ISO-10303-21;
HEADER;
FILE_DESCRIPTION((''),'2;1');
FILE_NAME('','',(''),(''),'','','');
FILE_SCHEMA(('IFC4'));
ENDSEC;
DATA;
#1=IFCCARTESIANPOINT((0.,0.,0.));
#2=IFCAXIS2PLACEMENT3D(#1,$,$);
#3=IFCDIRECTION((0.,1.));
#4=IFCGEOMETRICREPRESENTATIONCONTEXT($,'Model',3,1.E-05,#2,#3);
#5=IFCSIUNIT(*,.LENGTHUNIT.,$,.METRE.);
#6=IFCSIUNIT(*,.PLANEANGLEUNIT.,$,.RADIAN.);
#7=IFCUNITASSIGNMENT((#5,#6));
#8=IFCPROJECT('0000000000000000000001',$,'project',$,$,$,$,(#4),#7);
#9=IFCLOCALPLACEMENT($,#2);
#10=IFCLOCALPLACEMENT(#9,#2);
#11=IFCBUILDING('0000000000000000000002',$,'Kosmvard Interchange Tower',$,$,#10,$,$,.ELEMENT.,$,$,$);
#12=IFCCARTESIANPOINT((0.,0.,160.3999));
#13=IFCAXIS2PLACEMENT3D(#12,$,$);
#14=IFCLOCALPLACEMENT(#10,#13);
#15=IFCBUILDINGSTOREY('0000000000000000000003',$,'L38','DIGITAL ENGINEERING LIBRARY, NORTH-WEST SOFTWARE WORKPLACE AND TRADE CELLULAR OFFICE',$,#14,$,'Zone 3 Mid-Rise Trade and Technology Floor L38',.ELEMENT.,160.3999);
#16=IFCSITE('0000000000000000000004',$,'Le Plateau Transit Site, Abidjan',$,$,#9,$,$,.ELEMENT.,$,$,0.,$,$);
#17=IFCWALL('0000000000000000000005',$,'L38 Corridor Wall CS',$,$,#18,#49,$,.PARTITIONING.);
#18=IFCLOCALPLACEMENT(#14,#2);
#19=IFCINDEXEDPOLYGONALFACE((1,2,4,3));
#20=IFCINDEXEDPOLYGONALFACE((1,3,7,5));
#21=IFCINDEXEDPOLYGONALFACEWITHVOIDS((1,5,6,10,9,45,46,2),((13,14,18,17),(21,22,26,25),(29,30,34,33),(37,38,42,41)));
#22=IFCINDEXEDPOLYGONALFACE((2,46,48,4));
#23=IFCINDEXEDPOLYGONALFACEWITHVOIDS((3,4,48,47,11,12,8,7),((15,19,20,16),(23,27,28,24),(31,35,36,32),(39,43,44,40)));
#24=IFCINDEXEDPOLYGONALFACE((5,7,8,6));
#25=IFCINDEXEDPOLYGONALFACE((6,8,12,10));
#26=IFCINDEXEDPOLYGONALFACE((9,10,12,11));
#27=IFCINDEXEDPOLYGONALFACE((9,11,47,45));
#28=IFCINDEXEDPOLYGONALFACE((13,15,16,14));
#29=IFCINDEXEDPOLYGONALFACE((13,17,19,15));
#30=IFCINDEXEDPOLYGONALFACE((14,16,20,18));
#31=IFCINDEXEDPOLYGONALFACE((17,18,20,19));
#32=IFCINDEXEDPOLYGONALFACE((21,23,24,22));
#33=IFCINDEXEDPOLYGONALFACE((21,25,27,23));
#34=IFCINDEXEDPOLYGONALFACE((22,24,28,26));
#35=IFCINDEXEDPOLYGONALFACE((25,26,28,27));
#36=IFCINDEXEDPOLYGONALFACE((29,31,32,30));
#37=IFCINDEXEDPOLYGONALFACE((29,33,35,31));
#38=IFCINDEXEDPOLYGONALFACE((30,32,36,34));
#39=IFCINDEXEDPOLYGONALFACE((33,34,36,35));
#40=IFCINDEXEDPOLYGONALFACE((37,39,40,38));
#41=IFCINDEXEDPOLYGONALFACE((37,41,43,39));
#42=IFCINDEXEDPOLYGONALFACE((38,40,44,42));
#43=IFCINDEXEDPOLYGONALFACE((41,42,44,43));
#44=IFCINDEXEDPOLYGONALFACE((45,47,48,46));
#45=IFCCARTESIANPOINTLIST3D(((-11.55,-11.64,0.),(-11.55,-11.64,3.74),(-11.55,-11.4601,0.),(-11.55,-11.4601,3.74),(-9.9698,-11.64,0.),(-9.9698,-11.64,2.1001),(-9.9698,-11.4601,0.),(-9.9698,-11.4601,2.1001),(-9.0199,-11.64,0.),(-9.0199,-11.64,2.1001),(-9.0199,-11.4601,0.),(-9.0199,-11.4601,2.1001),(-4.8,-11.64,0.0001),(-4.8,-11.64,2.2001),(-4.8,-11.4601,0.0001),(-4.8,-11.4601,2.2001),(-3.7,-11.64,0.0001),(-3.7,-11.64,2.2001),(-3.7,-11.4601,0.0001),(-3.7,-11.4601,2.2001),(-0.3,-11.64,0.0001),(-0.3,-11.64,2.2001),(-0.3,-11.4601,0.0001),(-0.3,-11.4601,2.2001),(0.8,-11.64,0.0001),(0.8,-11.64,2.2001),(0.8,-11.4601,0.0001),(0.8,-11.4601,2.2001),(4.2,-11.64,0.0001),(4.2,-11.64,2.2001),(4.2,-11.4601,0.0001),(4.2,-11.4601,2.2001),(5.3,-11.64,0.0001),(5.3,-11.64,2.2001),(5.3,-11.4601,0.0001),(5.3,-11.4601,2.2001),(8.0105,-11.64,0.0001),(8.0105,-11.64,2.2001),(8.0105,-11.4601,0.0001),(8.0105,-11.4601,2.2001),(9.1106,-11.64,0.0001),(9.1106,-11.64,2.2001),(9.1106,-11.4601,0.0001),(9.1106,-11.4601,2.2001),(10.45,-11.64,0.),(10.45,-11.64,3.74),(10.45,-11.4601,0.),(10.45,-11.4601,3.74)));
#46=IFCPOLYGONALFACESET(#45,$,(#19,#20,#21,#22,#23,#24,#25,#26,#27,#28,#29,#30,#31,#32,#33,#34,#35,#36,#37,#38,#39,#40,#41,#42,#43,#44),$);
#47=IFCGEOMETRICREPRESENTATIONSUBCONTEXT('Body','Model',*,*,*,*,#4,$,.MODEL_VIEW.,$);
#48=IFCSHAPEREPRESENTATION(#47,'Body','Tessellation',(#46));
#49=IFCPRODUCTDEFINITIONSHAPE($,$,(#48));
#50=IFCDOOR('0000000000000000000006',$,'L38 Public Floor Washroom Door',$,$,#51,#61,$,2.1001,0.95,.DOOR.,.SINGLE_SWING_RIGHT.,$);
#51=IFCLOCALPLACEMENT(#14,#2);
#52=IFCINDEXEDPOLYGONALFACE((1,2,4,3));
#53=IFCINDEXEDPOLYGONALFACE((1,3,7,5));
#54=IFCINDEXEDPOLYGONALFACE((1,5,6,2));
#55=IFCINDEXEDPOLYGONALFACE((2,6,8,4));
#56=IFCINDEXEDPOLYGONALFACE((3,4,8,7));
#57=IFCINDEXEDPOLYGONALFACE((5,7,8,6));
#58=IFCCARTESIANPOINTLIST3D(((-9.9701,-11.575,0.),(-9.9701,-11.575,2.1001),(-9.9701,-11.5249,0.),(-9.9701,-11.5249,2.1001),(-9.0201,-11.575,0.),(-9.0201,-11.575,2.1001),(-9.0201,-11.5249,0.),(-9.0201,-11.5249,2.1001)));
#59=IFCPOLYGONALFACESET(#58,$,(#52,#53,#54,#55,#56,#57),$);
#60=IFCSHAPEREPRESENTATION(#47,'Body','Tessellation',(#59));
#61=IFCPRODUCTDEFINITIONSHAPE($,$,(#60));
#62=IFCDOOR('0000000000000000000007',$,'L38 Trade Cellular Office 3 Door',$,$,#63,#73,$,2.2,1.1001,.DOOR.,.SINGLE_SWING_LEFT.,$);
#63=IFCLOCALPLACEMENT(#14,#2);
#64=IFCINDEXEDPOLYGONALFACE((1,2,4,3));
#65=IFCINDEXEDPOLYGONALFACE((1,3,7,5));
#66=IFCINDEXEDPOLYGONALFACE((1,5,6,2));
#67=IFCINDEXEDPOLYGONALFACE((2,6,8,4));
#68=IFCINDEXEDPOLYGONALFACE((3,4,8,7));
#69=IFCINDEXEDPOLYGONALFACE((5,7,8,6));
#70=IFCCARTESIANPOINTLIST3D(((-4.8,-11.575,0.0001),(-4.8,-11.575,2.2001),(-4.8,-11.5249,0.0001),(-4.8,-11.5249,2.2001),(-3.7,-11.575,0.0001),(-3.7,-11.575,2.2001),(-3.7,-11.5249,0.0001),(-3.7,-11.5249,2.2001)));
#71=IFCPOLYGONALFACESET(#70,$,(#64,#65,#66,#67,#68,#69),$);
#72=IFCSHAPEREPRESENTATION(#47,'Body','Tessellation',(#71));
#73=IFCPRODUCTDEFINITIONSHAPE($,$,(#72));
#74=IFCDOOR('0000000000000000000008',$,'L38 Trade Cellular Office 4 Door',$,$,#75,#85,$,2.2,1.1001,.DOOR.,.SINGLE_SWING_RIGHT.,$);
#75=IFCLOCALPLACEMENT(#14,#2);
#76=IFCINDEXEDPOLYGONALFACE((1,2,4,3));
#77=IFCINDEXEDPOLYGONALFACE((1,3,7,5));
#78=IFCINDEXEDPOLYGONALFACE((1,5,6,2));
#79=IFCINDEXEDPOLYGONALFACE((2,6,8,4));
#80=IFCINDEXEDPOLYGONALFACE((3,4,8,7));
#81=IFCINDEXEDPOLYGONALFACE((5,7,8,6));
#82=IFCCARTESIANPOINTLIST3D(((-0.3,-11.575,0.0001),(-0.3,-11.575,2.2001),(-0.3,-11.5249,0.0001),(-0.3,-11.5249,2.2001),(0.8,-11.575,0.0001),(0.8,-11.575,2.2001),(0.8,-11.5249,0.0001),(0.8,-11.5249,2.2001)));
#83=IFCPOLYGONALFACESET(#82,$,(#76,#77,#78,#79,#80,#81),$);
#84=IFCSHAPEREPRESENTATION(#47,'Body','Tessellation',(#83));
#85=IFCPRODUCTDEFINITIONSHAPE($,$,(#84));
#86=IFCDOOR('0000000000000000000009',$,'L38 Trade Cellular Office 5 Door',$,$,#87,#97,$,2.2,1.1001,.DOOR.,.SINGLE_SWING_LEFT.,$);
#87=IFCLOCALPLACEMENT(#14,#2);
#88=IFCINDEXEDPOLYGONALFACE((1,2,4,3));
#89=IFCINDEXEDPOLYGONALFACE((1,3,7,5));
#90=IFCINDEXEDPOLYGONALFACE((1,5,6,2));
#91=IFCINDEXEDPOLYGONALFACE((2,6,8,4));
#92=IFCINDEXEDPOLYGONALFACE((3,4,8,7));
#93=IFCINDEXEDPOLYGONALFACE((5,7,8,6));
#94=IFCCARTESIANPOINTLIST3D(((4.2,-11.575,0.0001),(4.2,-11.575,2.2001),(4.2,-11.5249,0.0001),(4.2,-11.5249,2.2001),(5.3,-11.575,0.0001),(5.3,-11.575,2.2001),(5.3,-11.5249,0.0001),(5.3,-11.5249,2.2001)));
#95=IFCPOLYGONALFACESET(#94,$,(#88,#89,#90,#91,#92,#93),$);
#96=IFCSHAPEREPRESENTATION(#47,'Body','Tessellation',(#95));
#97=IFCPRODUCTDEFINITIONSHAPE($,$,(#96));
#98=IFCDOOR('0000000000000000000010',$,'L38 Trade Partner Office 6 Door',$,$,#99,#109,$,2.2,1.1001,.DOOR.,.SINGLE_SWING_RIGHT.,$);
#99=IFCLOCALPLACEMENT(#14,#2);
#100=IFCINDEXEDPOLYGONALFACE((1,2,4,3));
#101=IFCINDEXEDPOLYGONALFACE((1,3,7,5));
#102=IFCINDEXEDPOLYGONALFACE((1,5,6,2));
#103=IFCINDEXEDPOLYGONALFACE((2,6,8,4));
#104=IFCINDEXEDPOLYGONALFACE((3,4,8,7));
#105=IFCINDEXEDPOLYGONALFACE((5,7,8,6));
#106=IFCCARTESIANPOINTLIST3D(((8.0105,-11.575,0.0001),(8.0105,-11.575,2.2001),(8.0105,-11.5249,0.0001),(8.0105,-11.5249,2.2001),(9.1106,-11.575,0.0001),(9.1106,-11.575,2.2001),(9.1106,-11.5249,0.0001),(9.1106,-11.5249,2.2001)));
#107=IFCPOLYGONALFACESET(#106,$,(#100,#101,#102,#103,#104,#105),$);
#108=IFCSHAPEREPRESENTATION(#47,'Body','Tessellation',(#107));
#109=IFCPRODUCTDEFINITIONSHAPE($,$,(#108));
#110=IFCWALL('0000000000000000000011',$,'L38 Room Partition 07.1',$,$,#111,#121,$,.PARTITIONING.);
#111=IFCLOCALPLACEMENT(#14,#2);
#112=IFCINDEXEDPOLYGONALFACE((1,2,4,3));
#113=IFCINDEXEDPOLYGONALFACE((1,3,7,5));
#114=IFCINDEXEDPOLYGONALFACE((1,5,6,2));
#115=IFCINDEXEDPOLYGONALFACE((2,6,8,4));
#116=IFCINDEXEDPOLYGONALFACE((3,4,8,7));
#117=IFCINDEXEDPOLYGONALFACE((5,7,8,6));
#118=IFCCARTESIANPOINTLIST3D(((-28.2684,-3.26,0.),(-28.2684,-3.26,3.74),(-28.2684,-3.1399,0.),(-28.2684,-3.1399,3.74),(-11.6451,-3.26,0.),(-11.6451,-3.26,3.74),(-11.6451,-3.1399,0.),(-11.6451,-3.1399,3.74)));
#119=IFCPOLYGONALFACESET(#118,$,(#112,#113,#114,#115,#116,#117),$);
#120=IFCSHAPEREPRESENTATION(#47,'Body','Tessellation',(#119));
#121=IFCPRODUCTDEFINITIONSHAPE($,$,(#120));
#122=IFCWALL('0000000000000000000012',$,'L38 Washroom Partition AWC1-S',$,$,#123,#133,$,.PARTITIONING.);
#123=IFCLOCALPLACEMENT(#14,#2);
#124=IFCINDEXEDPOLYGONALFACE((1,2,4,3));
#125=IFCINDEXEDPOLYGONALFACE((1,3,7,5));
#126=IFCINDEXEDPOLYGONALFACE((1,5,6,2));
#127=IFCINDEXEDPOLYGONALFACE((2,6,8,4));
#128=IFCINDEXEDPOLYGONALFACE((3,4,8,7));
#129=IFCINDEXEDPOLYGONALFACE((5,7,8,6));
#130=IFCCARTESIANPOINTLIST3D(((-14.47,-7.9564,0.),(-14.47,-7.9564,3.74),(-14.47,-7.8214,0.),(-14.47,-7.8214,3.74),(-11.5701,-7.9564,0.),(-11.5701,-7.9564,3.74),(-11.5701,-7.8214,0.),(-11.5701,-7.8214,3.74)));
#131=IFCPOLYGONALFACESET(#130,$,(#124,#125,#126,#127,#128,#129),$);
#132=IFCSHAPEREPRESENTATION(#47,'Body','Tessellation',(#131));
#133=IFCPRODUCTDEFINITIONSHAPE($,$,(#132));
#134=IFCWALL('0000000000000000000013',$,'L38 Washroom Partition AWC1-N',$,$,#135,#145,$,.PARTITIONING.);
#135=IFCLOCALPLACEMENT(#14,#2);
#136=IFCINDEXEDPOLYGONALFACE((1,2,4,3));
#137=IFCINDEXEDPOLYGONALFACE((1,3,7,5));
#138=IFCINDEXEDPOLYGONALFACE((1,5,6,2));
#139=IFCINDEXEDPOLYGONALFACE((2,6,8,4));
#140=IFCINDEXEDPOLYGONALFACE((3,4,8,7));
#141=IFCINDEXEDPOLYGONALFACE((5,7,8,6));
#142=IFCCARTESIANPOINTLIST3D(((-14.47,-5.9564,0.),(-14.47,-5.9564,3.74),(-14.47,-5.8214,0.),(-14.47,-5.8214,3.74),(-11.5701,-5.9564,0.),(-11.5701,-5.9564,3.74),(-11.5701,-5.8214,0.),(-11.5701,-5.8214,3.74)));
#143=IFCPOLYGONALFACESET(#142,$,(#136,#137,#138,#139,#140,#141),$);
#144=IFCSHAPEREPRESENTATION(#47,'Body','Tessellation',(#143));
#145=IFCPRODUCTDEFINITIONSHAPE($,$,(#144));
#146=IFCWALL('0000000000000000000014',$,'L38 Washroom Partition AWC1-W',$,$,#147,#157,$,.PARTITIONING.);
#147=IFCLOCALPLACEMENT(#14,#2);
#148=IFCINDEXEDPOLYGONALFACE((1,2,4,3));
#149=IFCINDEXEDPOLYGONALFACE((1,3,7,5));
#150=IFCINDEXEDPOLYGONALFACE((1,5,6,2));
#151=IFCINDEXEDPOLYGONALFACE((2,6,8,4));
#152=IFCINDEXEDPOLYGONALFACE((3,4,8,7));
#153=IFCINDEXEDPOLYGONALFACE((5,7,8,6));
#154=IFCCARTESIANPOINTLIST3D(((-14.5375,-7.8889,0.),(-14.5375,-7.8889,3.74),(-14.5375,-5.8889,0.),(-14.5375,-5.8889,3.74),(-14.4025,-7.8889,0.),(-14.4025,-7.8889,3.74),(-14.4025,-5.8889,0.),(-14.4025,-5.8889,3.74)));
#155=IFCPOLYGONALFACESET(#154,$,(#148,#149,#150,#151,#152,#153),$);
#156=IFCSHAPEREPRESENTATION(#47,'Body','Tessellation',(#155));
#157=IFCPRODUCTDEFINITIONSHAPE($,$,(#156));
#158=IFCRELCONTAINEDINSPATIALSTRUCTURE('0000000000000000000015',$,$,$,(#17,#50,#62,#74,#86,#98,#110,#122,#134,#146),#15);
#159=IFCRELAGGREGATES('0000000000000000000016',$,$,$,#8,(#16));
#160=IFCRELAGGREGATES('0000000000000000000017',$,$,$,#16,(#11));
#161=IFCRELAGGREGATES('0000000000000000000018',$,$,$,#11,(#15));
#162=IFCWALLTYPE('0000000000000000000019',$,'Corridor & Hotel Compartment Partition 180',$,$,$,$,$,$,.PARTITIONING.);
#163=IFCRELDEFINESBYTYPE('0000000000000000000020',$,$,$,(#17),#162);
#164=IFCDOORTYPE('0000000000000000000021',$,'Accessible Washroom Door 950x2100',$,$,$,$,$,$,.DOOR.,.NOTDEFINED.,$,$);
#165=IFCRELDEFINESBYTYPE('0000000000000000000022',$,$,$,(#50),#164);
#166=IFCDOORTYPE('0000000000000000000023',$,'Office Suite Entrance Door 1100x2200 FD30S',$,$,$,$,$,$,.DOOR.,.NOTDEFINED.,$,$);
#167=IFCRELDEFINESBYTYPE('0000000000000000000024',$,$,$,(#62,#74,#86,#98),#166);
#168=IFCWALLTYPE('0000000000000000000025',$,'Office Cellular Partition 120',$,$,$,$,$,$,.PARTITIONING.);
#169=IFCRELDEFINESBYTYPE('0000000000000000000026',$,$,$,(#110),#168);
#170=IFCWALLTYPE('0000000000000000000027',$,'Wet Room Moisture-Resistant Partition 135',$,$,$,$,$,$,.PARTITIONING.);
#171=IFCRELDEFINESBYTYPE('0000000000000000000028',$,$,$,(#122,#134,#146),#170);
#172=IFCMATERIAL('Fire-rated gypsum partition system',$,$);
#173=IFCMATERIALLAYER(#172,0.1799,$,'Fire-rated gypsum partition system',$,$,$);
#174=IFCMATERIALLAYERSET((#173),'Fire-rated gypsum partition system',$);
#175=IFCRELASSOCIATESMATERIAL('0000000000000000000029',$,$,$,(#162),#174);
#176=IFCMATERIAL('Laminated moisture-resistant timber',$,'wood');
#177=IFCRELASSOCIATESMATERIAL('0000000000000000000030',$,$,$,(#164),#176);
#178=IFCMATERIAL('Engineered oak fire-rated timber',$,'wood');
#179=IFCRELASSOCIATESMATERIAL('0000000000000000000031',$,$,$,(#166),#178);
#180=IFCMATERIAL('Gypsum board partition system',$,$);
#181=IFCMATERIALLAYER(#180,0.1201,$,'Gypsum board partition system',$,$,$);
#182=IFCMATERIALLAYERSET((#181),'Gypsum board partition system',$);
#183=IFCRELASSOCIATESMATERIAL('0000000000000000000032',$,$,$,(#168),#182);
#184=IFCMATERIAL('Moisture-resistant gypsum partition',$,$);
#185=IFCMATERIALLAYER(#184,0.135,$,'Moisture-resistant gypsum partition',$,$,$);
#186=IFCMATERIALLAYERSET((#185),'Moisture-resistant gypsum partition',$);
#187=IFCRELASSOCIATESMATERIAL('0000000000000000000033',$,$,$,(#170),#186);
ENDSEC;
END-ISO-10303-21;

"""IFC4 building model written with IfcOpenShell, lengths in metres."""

from ifc_helpers import new_model, si_unit, direction, frame, frame_2d, origin, place, context, subcontext, project, spatial, rectangle, extrude, source, transform, mapped, material, layer, layer_set, type_object, element, fill, save


model = new_model("IFC4")

# Units and contexts
model_context = context("Model", 3, precision=1e-05, world=origin(), true_north=direction((0.0, 1.0)))
body_context = subcontext(model_context, "Body", "Model", "MODEL_VIEW")
ifc_project = project(units=[si_unit("LENGTHUNIT", "METRE"), si_unit("PLANEANGLEUNIT", "RADIAN")], contexts=[model_context])

# Site, building, storey
site_placement = place(None, origin())
site = spatial("IfcSite", under=ifc_project, at=site_placement, Name="Le Plateau Transit Site, Abidjan", CompositionType="ELEMENT", RefElevation=0.0)
building_placement = place(site_placement, origin())
building = spatial("IfcBuilding", under=site, at=building_placement, Name="Kosmvard Interchange Tower", CompositionType="ELEMENT")
storey_placement = place(building_placement, frame((0.0, 0.0, 160.3999)))
storey = spatial("IfcBuildingStorey", under=building, at=storey_placement, Name="L38", Description="DIGITAL ENGINEERING LIBRARY, NORTH-WEST SOFTWARE WORKPLACE AND TRADE CELLULAR OFFICE", LongName="Zone 3 Mid-Rise Trade and Technology Floor L38", CompositionType="ELEMENT", Elevation=160.3999)

# Wall, openings, doors
ifc_material_1 = material(Name="Fire-rated gypsum partition system")
ifc_layer_1 = layer(ifc_material_1, 0.1799, Name="Fire-rated gypsum partition system")
ifc_layer_set_1 = layer_set([ifc_layer_1], Name="Fire-rated gypsum partition system")
wall_type_1 = type_object("IfcWallType", Name="Corridor & Hotel Compartment Partition 180", PredefinedType="PARTITIONING", material=ifc_layer_set_1)
wall_1_placement = place(storey_placement, frame((-11.55, -11.55, 0.0), z_axis=(0.0, 0.0, 1.0), x_axis=(1.0, 0.0, 0.0)))
wall_1 = element("IfcWall", 1, at=wall_1_placement, inside=storey, type_object=wall_type_1, Name="L38 Corridor Wall CS", PredefinedType="PARTITIONING", context=body_context, shape_type="SweptSolid", body=[
    extrude(rectangle(XDim=22.0, YDim=0.1799, at=frame_2d((11.0, 0.0))), origin(), (0.0, 0.0, 1.0), 3.74),
])
opening_1_placement = place(wall_1_placement, frame((1.5801, 0.0, 0.0)))
opening_1 = element("IfcOpeningElement", 2, at=opening_1_placement, cuts=wall_1, PredefinedType="OPENING", context=body_context, shape_type="SweptSolid", body=[
    extrude(rectangle(XDim=0.95, YDim=2.1001, at=frame_2d((0.4751, 1.05))), frame((0.0, 0.1001, 0.0), z_axis=(0.0, -1.0, 0.0), x_axis=(1.0, 0.0, 0.0)), (0.0, 0.0, 1.0), 0.2),
])
opening_2_placement = place(wall_1_placement, frame((6.75, 0.0, 0.0)))
opening_2 = element("IfcOpeningElement", 3, at=opening_2_placement, cuts=wall_1, PredefinedType="OPENING", context=body_context, shape_type="SweptSolid", body=[
    extrude(rectangle(XDim=1.1001, YDim=2.2, at=frame_2d((0.55, 1.1001))), frame((0.0, 0.1001, 0.0), z_axis=(0.0, -1.0, 0.0), x_axis=(1.0, 0.0, 0.0)), (0.0, 0.0, 1.0), 0.2),
])
opening_3_placement = place(wall_1_placement, frame((11.25, 0.0, 0.0)))
opening_3 = element("IfcOpeningElement", 4, at=opening_3_placement, cuts=wall_1, PredefinedType="OPENING", context=body_context, shape_type="SweptSolid", body=[
    extrude(rectangle(XDim=1.1001, YDim=2.2, at=frame_2d((0.55, 1.1001))), frame((0.0, 0.1001, 0.0), z_axis=(0.0, -1.0, 0.0), x_axis=(1.0, 0.0, 0.0)), (0.0, 0.0, 1.0), 0.2),
])
opening_4_placement = place(wall_1_placement, frame((15.75, 0.0, 0.0)))
opening_4 = element("IfcOpeningElement", 5, at=opening_4_placement, cuts=wall_1, PredefinedType="OPENING", context=body_context, shape_type="SweptSolid", body=[
    extrude(rectangle(XDim=1.1001, YDim=2.2, at=frame_2d((0.55, 1.1001))), frame((0.0, 0.1001, 0.0), z_axis=(0.0, -1.0, 0.0), x_axis=(1.0, 0.0, 0.0)), (0.0, 0.0, 1.0), 0.2),
])
opening_5_placement = place(wall_1_placement, frame((19.5605, 0.0, 0.0)))
opening_5 = element("IfcOpeningElement", 6, at=opening_5_placement, cuts=wall_1, PredefinedType="OPENING", context=body_context, shape_type="SweptSolid", body=[
    extrude(rectangle(XDim=1.1001, YDim=2.2, at=frame_2d((0.55, 1.1001))), frame((0.0, 0.1001, 0.0), z_axis=(0.0, -1.0, 0.0), x_axis=(1.0, 0.0, 0.0)), (0.0, 0.0, 1.0), 0.2),
])
ifc_material_2 = material(Name="Laminated moisture-resistant timber", Category="wood")
door_type_1 = type_object("IfcDoorType", Name="Accessible Washroom Door 950x2100", OperationType="NOTDEFINED", PredefinedType="DOOR", material=ifc_material_2)
shared_shape_1 = source(origin(), body_context, "Body", "SweptSolid", [
    extrude(rectangle(XDim=0.95, YDim=2.1001, at=frame_2d((0.4751, 1.05))), frame((0.0, 0.0249, 0.0), z_axis=(0.0, -1.0, 0.0), x_axis=(1.0, 0.0, 0.0)), (0.0, 0.0, 1.0), 0.05),
])
door_1_placement = place(opening_1_placement, frame((0.95, 0.0, 0.0), z_axis=(0.0, 0.0, 1.0), x_axis=(-1.0, 0.0, 0.0)))
door_1 = element("IfcDoor", 7, at=door_1_placement, inside=storey, type_object=door_type_1, Name="L38 Public Floor Washroom Door", OperationType="SINGLE_SWING_RIGHT", OverallHeight=2.1001, OverallWidth=0.95, PredefinedType="DOOR", context=body_context, shape_type="MappedRepresentation", body=[
    mapped(shared_shape_1, transform((0.0, 0.0, 0.0), scale=1.0)),
])
fill(opening_1, door_1)
ifc_material_3 = material(Name="Engineered oak fire-rated timber", Category="wood")
door_type_2 = type_object("IfcDoorType", Name="Office Suite Entrance Door 1100x2200 FD30S", OperationType="NOTDEFINED", PredefinedType="DOOR", material=ifc_material_3)
shared_shape_2 = source(origin(), body_context, "Body", "SweptSolid", [
    extrude(rectangle(XDim=1.1001, YDim=2.2, at=frame_2d((0.55, 1.1001))), frame((0.0, 0.0249, 0.0), z_axis=(0.0, -1.0, 0.0), x_axis=(1.0, 0.0, 0.0)), (0.0, 0.0, 1.0), 0.05),
])
door_2_placement = place(opening_2_placement, frame((1.1001, 0.0, 0.0), z_axis=(0.0, 0.0, 1.0), x_axis=(-1.0, 0.0, 0.0)))
door_2 = element("IfcDoor", 8, at=door_2_placement, inside=storey, type_object=door_type_2, Name="L38 Trade Cellular Office 3 Door", OperationType="SINGLE_SWING_LEFT", OverallHeight=2.2, OverallWidth=1.1001, PredefinedType="DOOR", context=body_context, shape_type="MappedRepresentation", body=[
    mapped(shared_shape_2, transform((0.0, 0.0, 0.0), scale=1.0)),
])
fill(opening_2, door_2)
door_3_placement = place(opening_3_placement, frame((1.1001, 0.0, 0.0), z_axis=(0.0, 0.0, 1.0), x_axis=(-1.0, 0.0, 0.0)))
door_3 = element("IfcDoor", 9, at=door_3_placement, inside=storey, type_object=door_type_2, Name="L38 Trade Cellular Office 4 Door", OperationType="SINGLE_SWING_RIGHT", OverallHeight=2.2, OverallWidth=1.1001, PredefinedType="DOOR", context=body_context, shape_type="MappedRepresentation", body=[
    mapped(shared_shape_2, transform((0.0, 0.0, 0.0), scale=1.0)),
])
fill(opening_3, door_3)
door_4_placement = place(opening_4_placement, frame((1.1001, 0.0, 0.0), z_axis=(0.0, 0.0, 1.0), x_axis=(-1.0, 0.0, 0.0)))
door_4 = element("IfcDoor", 10, at=door_4_placement, inside=storey, type_object=door_type_2, Name="L38 Trade Cellular Office 5 Door", OperationType="SINGLE_SWING_LEFT", OverallHeight=2.2, OverallWidth=1.1001, PredefinedType="DOOR", context=body_context, shape_type="MappedRepresentation", body=[
    mapped(shared_shape_2, transform((0.0, 0.0, 0.0), scale=1.0)),
])
fill(opening_4, door_4)
door_5_placement = place(opening_5_placement, frame((1.1001, 0.0, 0.0), z_axis=(0.0, 0.0, 1.0), x_axis=(-1.0, 0.0, 0.0)))
door_5 = element("IfcDoor", 11, at=door_5_placement, inside=storey, type_object=door_type_2, Name="L38 Trade Partner Office 6 Door", OperationType="SINGLE_SWING_RIGHT", OverallHeight=2.2, OverallWidth=1.1001, PredefinedType="DOOR", context=body_context, shape_type="MappedRepresentation", body=[
    mapped(shared_shape_2, transform((0.0, 0.0, 0.0), scale=1.0)),
])
fill(opening_5, door_5)

# Walls
ifc_material_4 = material(Name="Gypsum board partition system")
ifc_layer_2 = layer(ifc_material_4, 0.1201, Name="Gypsum board partition system")
ifc_layer_set_2 = layer_set([ifc_layer_2], Name="Gypsum board partition system")
wall_type_2 = type_object("IfcWallType", Name="Office Cellular Partition 120", PredefinedType="PARTITIONING", material=ifc_layer_set_2)
wall_2_placement = place(storey_placement, frame((-28.2683, -3.2, 0.0), z_axis=(0.0, 0.0, 1.0), x_axis=(1.0, 0.0, 0.0)))
element("IfcWall", 12, at=wall_2_placement, inside=storey, type_object=wall_type_2, Name="L38 Room Partition 07.1", PredefinedType="PARTITIONING", context=body_context, shape_type="SweptSolid", body=[
    extrude(rectangle(XDim=16.6233, YDim=0.1201, at=frame_2d((8.3115, 0.0))), origin(), (0.0, 0.0, 1.0), 3.74),
])
ifc_material_5 = material(Name="Moisture-resistant gypsum partition")
ifc_layer_3 = layer(ifc_material_5, 0.135, Name="Moisture-resistant gypsum partition")
ifc_layer_set_3 = layer_set([ifc_layer_3], Name="Moisture-resistant gypsum partition")
wall_type_3 = type_object("IfcWallType", Name="Wet Room Moisture-Resistant Partition 135", PredefinedType="PARTITIONING", material=ifc_layer_set_3)
for number, where, z_axis, x_axis, name in (
    (13, (-14.47, -7.8889, 0.0), (0.0, 0.0, 1.0), (1.0, 0.0, 0.0), "L38 Washroom Partition AWC1-S"),
    (14, (-14.47, -5.8889, 0.0), (0.0, 0.0, 1.0), (1.0, 0.0, 0.0), "L38 Washroom Partition AWC1-N"),
):
    element("IfcWall", number, at=place(storey_placement, frame(where, z_axis=z_axis, x_axis=x_axis)), inside=storey, type_object=wall_type_3, Name=name, PredefinedType="PARTITIONING", context=body_context, shape_type="SweptSolid", body=[
        extrude(rectangle(XDim=2.8999, YDim=0.135, at=frame_2d((1.45, 0.0))), origin(), (0.0, 0.0, 1.0), 3.74),
    ])
wall_3_placement = place(storey_placement, frame((-14.47, -7.8889, 0.0), z_axis=(0.0, 0.0, 1.0), x_axis=(0.0, 1.0, 0.0)))
element("IfcWall", 15, at=wall_3_placement, inside=storey, type_object=wall_type_3, Name="L38 Washroom Partition AWC1-W", PredefinedType="PARTITIONING", context=body_context, shape_type="SweptSolid", body=[
    extrude(rectangle(XDim=2.0, YDim=0.135, at=frame_2d((1.0, 0.0))), origin(), (0.0, 0.0, 1.0), 3.74),
])

save(model, "model.ifc")
